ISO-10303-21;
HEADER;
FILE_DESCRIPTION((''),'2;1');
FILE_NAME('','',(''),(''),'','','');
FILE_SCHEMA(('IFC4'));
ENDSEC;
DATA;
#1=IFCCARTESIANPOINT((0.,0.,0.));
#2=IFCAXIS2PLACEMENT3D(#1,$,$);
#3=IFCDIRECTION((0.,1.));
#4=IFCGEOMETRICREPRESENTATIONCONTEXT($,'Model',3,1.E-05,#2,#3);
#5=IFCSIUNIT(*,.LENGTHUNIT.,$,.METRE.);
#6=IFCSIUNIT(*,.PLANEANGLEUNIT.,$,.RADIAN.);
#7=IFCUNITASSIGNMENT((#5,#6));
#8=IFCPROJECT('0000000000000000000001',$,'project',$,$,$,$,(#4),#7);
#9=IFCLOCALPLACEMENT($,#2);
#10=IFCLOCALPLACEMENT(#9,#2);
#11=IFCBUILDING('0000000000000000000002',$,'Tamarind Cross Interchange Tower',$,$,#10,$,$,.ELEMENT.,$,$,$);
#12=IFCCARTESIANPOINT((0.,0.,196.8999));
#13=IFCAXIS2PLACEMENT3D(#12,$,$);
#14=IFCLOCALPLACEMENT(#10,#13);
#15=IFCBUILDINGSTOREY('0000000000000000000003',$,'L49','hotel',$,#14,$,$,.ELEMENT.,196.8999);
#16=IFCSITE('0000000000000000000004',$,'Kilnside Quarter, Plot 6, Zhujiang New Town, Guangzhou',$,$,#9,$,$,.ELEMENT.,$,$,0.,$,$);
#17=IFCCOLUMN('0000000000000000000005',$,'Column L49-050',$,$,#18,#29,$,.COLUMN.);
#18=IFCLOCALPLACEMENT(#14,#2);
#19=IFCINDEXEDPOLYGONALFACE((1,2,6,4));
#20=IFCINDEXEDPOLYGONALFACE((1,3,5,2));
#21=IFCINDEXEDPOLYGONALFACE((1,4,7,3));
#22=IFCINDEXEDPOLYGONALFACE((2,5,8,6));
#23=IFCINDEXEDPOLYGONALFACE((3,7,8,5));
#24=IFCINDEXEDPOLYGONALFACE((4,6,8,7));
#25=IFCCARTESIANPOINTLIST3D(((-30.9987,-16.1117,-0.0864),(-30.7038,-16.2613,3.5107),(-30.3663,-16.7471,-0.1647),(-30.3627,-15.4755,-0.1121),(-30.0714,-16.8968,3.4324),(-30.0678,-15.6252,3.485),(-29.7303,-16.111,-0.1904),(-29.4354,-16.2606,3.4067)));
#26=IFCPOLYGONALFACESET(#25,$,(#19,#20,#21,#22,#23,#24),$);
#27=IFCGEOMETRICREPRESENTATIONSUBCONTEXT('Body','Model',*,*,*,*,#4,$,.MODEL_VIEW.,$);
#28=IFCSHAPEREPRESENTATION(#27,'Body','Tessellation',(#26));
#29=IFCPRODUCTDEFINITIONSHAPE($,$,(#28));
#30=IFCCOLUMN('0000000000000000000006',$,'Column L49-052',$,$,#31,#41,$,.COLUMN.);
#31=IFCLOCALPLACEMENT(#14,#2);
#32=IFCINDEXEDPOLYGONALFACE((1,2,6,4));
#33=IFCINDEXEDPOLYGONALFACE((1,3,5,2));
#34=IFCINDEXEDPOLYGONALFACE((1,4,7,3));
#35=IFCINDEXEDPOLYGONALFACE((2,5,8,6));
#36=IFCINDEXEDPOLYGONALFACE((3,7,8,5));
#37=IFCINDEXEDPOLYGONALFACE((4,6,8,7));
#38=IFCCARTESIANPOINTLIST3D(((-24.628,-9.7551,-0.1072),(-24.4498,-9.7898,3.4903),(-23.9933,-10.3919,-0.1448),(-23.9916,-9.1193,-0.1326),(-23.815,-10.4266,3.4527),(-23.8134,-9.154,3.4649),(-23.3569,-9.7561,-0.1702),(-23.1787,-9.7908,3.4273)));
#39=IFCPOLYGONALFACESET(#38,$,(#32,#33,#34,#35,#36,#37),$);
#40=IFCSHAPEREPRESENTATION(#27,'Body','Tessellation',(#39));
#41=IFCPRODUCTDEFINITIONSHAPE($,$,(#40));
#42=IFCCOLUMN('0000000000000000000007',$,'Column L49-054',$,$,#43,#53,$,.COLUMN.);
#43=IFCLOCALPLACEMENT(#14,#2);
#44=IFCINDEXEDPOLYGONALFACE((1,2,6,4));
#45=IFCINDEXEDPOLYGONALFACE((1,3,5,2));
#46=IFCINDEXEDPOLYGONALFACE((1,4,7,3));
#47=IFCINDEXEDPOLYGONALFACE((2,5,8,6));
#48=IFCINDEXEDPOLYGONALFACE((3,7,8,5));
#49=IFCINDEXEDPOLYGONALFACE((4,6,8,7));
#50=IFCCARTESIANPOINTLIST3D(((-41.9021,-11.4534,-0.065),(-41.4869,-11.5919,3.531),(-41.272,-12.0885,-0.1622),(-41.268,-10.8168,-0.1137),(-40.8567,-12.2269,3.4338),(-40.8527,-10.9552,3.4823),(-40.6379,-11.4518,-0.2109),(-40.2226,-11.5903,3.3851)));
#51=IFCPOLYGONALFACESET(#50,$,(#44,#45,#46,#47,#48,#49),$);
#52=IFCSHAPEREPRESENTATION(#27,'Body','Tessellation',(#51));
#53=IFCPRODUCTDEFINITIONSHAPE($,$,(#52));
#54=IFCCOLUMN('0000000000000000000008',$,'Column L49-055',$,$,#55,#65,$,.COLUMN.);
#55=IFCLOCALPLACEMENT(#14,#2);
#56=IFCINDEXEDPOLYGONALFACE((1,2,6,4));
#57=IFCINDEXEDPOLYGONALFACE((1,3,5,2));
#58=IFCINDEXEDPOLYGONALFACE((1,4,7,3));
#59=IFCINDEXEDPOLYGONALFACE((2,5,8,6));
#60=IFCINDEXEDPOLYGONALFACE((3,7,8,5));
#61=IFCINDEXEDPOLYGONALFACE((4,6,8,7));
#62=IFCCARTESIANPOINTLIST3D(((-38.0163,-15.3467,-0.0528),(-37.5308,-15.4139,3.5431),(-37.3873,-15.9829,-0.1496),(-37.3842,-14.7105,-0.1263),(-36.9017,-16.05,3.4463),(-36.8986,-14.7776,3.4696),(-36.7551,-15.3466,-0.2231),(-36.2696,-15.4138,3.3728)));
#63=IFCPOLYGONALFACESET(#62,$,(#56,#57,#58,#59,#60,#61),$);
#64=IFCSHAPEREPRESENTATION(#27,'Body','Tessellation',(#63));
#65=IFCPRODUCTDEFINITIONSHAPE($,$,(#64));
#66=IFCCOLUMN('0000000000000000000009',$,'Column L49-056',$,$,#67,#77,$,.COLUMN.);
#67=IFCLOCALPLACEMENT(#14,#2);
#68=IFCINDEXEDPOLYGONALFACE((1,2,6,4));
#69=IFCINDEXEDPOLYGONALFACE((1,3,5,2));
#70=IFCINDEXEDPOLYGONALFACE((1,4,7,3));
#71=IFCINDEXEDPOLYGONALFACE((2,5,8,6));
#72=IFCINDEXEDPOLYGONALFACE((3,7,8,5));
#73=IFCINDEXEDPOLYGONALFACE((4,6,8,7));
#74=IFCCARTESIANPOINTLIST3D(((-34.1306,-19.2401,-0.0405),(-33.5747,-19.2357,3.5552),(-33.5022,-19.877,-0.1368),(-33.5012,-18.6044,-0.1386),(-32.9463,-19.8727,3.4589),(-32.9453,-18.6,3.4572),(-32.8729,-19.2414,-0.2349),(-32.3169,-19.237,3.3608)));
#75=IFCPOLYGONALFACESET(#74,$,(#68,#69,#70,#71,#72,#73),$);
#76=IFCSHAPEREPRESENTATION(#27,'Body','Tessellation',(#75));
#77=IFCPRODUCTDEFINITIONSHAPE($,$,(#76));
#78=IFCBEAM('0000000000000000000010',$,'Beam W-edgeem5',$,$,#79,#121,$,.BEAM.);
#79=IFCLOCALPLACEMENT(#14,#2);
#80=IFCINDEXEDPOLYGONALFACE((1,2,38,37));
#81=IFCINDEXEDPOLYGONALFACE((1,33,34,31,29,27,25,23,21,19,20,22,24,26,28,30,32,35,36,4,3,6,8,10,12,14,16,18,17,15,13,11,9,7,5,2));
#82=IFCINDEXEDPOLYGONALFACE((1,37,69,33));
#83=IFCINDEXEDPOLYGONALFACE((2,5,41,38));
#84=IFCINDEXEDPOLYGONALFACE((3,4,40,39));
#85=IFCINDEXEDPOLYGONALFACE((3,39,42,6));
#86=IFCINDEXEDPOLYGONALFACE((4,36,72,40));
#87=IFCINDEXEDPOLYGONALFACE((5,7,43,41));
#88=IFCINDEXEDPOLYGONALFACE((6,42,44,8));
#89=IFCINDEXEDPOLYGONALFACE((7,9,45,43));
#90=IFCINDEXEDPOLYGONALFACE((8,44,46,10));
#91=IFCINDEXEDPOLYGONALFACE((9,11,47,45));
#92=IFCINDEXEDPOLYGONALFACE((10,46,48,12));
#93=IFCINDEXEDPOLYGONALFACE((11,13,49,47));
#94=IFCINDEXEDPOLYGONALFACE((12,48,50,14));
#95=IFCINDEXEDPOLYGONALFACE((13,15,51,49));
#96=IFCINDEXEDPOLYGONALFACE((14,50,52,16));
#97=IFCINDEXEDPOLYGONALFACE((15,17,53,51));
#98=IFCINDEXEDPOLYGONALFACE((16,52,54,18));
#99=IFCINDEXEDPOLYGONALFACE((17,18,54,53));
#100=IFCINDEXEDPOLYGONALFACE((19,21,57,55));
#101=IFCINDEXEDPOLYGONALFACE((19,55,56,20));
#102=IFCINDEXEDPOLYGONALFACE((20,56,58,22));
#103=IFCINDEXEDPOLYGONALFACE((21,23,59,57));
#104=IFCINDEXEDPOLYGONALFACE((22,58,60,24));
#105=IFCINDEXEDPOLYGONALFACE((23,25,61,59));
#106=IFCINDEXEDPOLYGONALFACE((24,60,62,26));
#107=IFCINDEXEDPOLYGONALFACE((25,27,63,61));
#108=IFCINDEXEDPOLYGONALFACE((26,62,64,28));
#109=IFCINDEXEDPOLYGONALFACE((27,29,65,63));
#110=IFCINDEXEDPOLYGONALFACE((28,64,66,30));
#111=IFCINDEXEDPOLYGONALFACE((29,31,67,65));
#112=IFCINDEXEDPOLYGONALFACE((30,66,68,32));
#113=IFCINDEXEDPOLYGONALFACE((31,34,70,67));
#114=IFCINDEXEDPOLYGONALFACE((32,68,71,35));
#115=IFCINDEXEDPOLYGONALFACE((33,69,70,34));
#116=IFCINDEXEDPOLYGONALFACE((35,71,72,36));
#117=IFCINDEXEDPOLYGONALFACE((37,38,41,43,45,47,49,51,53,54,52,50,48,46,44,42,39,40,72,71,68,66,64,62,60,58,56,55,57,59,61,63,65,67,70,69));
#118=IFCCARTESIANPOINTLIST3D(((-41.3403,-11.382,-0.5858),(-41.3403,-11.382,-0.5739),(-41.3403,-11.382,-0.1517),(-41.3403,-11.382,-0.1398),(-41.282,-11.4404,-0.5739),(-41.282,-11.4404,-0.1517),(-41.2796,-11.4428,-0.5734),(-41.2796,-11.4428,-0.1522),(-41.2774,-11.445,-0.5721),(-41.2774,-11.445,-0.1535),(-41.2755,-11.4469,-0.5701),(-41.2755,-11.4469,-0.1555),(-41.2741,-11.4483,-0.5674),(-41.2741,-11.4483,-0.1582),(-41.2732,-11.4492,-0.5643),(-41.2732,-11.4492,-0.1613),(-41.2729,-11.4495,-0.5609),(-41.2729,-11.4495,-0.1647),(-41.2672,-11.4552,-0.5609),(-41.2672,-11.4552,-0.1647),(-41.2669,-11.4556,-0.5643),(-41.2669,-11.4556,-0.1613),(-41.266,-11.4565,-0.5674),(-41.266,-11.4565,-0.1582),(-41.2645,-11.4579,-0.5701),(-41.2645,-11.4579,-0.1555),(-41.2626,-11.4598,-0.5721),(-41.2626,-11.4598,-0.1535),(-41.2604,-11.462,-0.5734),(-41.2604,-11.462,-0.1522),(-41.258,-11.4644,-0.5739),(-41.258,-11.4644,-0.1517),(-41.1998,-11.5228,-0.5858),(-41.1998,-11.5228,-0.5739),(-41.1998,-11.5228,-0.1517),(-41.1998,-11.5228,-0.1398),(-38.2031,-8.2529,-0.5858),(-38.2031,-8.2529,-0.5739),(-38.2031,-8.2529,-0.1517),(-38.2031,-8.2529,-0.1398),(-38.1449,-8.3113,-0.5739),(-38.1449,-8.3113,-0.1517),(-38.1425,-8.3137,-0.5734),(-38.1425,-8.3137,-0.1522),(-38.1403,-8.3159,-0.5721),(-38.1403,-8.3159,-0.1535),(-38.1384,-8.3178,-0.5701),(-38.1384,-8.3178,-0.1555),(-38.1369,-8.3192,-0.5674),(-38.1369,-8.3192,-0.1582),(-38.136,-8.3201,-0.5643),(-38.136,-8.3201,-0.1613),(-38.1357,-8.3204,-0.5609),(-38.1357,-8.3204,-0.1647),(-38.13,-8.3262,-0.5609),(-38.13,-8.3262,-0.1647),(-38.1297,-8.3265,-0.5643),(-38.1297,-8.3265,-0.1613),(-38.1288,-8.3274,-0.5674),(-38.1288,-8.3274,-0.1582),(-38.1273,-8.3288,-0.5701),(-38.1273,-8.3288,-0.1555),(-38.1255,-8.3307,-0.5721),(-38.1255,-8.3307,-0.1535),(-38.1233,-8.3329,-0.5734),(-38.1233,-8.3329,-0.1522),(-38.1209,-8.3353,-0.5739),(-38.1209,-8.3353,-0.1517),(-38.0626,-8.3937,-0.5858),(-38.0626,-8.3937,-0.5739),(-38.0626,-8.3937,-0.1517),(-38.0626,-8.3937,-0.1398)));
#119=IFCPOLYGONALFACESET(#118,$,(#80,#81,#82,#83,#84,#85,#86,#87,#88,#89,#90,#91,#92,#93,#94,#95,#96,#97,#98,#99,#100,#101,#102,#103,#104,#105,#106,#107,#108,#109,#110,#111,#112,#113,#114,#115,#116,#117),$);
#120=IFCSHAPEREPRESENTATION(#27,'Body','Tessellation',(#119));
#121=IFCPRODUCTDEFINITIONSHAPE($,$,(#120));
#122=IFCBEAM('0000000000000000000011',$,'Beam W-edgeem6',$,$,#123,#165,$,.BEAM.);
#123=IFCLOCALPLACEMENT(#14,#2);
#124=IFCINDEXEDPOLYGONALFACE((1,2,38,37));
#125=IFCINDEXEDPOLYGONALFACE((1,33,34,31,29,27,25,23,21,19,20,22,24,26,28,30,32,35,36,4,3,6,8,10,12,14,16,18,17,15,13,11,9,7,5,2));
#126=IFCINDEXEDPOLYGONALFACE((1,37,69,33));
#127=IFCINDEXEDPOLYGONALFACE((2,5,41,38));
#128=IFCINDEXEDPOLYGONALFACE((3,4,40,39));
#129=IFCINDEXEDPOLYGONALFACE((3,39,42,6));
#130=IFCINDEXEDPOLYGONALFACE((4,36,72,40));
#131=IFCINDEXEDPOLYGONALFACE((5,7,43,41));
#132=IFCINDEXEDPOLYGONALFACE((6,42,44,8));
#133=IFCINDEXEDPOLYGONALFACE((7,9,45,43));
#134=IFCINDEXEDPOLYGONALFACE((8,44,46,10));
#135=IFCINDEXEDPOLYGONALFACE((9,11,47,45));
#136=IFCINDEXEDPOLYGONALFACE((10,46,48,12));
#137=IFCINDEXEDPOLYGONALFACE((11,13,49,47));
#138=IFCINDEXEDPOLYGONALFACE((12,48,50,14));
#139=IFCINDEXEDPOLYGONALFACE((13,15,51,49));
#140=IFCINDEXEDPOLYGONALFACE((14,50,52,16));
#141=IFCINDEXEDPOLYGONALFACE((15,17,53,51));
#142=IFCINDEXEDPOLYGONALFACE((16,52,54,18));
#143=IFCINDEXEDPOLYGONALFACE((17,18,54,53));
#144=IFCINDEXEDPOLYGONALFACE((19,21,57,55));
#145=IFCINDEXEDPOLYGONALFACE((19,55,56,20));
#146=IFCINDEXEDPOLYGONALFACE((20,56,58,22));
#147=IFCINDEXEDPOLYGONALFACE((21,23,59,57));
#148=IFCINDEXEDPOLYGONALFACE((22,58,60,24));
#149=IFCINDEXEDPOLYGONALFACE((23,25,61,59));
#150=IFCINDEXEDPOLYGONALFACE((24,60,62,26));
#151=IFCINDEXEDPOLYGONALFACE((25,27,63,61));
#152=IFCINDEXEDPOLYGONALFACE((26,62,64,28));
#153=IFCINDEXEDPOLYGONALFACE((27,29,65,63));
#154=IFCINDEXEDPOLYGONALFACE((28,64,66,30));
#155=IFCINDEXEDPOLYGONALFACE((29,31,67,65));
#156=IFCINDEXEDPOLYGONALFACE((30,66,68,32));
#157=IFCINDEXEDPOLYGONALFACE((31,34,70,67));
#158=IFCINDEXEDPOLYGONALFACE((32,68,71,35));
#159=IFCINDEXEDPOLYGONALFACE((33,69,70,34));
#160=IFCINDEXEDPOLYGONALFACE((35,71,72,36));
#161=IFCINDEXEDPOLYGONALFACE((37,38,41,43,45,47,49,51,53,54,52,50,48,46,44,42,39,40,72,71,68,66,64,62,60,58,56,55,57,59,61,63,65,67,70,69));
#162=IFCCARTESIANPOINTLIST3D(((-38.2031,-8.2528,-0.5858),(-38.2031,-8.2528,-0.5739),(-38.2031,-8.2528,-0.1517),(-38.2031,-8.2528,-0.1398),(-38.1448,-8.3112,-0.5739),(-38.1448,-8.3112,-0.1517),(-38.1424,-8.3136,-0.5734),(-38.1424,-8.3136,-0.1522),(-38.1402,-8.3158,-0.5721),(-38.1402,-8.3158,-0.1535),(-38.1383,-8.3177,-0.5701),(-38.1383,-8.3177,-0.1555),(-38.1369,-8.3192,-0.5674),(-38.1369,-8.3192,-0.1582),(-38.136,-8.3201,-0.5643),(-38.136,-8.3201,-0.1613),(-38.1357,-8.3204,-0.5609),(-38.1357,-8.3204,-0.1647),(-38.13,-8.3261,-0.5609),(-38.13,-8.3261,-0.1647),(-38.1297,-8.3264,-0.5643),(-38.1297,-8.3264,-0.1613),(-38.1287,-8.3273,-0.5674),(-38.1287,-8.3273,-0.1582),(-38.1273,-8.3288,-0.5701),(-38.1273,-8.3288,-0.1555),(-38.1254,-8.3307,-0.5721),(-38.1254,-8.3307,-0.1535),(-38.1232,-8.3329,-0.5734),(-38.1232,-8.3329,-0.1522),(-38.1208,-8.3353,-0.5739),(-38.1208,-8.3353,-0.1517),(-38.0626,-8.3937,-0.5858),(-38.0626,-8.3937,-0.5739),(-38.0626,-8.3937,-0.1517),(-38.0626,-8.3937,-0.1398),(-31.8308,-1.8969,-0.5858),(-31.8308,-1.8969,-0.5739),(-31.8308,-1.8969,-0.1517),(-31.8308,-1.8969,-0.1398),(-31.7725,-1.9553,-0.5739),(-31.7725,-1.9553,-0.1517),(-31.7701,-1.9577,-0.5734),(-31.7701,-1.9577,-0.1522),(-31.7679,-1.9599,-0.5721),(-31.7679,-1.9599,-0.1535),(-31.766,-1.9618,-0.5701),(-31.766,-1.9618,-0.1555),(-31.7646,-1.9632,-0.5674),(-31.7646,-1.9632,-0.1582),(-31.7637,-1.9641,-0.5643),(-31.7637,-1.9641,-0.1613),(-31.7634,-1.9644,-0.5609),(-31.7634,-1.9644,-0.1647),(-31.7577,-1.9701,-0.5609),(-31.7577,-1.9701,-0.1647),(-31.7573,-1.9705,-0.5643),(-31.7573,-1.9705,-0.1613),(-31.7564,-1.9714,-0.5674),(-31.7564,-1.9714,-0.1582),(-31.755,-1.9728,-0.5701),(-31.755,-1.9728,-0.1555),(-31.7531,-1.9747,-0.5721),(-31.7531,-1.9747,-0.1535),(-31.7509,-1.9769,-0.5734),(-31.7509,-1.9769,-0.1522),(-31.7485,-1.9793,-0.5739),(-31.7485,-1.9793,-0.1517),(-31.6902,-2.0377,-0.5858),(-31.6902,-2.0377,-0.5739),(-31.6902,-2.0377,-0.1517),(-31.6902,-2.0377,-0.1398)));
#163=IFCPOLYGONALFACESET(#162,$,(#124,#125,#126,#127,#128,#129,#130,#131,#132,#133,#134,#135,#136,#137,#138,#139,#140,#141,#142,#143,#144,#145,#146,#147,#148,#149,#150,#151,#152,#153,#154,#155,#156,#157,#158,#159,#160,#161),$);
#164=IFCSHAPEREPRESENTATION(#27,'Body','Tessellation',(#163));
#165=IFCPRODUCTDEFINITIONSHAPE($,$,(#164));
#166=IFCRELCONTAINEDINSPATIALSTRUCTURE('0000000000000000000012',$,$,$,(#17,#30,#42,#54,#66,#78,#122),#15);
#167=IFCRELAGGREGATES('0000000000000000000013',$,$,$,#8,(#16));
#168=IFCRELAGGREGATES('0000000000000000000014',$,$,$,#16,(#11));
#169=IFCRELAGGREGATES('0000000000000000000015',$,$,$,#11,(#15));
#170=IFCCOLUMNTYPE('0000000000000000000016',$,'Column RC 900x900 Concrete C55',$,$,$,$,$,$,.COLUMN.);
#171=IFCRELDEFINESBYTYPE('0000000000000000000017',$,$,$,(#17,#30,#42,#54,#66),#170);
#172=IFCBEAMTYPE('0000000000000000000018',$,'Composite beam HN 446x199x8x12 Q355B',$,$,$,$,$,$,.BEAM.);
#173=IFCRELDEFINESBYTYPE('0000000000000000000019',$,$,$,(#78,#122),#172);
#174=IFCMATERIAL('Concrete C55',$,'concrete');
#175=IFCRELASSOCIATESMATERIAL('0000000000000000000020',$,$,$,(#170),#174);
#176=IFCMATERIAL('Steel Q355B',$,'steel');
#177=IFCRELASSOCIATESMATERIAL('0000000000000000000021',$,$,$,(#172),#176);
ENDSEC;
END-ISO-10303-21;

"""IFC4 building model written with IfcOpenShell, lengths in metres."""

from ifc_helpers import new_model, si_unit, direction, frame, origin, origin_2d, place, context, subcontext, project, spatial, rectangle, i_section, extrude, material, material_profile, profile_set, type_object, element, save


model = new_model("IFC4")

# Units and contexts
model_context = context("Model", 3, precision=1e-05, world=origin(), true_north=direction((0.0, 1.0)))
body_context = subcontext(model_context, "Body", "Model", "MODEL_VIEW")
ifc_project = project(units=[si_unit("LENGTHUNIT", "METRE"), si_unit("PLANEANGLEUNIT", "RADIAN")], contexts=[model_context])

# Site, building, storey
site_placement = place(None, origin())
site = spatial("IfcSite", under=ifc_project, at=site_placement, Name="Kilnside Quarter, Plot 6, Zhujiang New Town, Guangzhou", CompositionType="ELEMENT", RefElevation=0.0)
building_placement = place(site_placement, origin())
building = spatial("IfcBuilding", under=site, at=building_placement, Name="Tamarind Cross Interchange Tower", CompositionType="ELEMENT")
storey_placement = place(building_placement, frame((0.0, 0.0, 196.8999)))
storey = spatial("IfcBuildingStorey", under=building, at=storey_placement, Name="L49", Description="hotel", CompositionType="ELEMENT", Elevation=196.8999)

# Columns
ifc_material_1 = material(Name="Concrete C55", Category="concrete")
ifc_material_profile_1 = material_profile(ifc_material_1, rectangle(XDim=0.8999, YDim=0.8999, at=origin_2d()), Name="RC 900x900")
ifc_profile_set_1 = profile_set([ifc_material_profile_1], Name="Concrete C55")
column_type = type_object("IfcColumnType", Name="Column RC 900x900 Concrete C55", PredefinedType="COLUMN", material=ifc_profile_set_1)
column_1_placement = place(storey_placement, frame((-30.3645, -16.1113, -0.1384), z_axis=(0.081643, -0.04143, 0.9958), x_axis=(-0.702753, 0.706095, 0.086993)))
element("IfcColumn", 1, at=column_1_placement, inside=storey, type_object=column_type, Name="Column L49-050", PredefinedType="COLUMN", context=body_context, shape_type="SweptSolid", body=[
    extrude(rectangle(XDim=0.8999, YDim=0.8999, at=origin_2d()), origin(), (0.0, 0.0, 1.0), 3.6123),
])
column_2_placement = place(storey_placement, frame((-23.9924, -9.7556, -0.1387), z_axis=(0.049479, -0.009625, 0.998729), x_axis=(-0.705325, 0.707653, 0.041763)))
element("IfcColumn", 2, at=column_2_placement, inside=storey, type_object=column_type, Name="Column L49-052", PredefinedType="COLUMN", context=body_context, shape_type="SweptSolid", body=[
    extrude(rectangle(XDim=0.8999, YDim=0.8999, at=origin_2d()), origin(), (0.0, 0.0, 1.0), 3.6021),
])
column_3_placement = place(storey_placement, frame((-41.27, -11.4526, -0.1379), z_axis=(0.11464, -0.038213, 0.992672), x_axis=(-0.700216, 0.70571, 0.108032)))
element("IfcColumn", 3, at=column_3_placement, inside=storey, type_object=column_type, Name="Column L49-054", PredefinedType="COLUMN", context=body_context, shape_type="SweptSolid", body=[
    extrude(rectangle(XDim=0.8999, YDim=0.8999, at=origin_2d()), origin(), (0.0, 0.0, 1.0), 3.6226),
])
column_4_placement = place(storey_placement, frame((-37.3857, -15.3467, -0.1379), z_axis=(0.133802, -0.0185, 0.990835), x_axis=(-0.699044, 0.706938, 0.107598)))
element("IfcColumn", 4, at=column_4_placement, inside=storey, type_object=column_type, Name="Column L49-055", PredefinedType="COLUMN", context=body_context, shape_type="SweptSolid", body=[
    extrude(rectangle(XDim=0.8999, YDim=0.8999, at=origin_2d()), origin(), (0.0, 0.0, 1.0), 3.6292),
])
column_5_placement = place(storey_placement, frame((-33.5017, -19.2407, -0.1377), z_axis=(0.152788, 0.001208, 0.988258), x_axis=(-0.698212, 0.707837, 0.107081)))
element("IfcColumn", 5, at=column_5_placement, inside=storey, type_object=column_type, Name="Column L49-056", PredefinedType="COLUMN", context=body_context, shape_type="SweptSolid", body=[
    extrude(rectangle(XDim=0.8999, YDim=0.8999, at=origin_2d()), origin(), (0.0, 0.0, 1.0), 3.6384),
])

# Beams
ifc_material_2 = material(Name="Steel Q355B", Category="steel")
ifc_material_profile_2 = material_profile(ifc_material_2, i_section(OverallWidth=0.199, OverallDepth=0.446, WebThickness=0.0081, FlangeThickness=0.012, FilletRadius=0.0129, at=origin_2d()), Name="HN 446x199x8x12")
ifc_profile_set_2 = profile_set([ifc_material_profile_2], Name="Steel Q355B")
beam_type_1 = type_object("IfcBeamType", Name="Composite beam HN 446x199x8x12 Q355B", PredefinedType="BEAM", material=ifc_profile_set_2)
beam_1_placement = place(storey_placement, frame((-41.27, -11.4524, -0.3628), z_axis=(0.708015, 0.706197, 0.0), x_axis=(-0.706197, 0.708015, 0.0)))
element("IfcBeam", 6, at=beam_1_placement, inside=storey, type_object=beam_type_1, Name="Beam W-edgeem5", PredefinedType="BEAM", context=body_context, shape_type="SweptSolid", body=[
    extrude(i_section(OverallWidth=0.199, OverallDepth=0.446, WebThickness=0.0081, FlangeThickness=0.012, FilletRadius=0.0129, at=origin_2d()), origin(), (0.0, 0.0, 1.0), 4.4309),
])
beam_2_placement = place(storey_placement, frame((-38.1328, -8.3232, -0.3628), z_axis=(0.708015, 0.706197, 0.0), x_axis=(-0.706197, 0.708015, 0.0)))
element("IfcBeam", 7, at=beam_2_placement, inside=storey, type_object=beam_type_1, Name="Beam W-edgeem6", PredefinedType="BEAM", context=body_context, shape_type="SweptSolid", body=[
    extrude(i_section(OverallWidth=0.199, OverallDepth=0.446, WebThickness=0.0081, FlangeThickness=0.012, FilletRadius=0.0129, at=origin_2d()), origin(), (0.0, 0.0, 1.0), 9.0002),
])

save(model, "model.ifc")
